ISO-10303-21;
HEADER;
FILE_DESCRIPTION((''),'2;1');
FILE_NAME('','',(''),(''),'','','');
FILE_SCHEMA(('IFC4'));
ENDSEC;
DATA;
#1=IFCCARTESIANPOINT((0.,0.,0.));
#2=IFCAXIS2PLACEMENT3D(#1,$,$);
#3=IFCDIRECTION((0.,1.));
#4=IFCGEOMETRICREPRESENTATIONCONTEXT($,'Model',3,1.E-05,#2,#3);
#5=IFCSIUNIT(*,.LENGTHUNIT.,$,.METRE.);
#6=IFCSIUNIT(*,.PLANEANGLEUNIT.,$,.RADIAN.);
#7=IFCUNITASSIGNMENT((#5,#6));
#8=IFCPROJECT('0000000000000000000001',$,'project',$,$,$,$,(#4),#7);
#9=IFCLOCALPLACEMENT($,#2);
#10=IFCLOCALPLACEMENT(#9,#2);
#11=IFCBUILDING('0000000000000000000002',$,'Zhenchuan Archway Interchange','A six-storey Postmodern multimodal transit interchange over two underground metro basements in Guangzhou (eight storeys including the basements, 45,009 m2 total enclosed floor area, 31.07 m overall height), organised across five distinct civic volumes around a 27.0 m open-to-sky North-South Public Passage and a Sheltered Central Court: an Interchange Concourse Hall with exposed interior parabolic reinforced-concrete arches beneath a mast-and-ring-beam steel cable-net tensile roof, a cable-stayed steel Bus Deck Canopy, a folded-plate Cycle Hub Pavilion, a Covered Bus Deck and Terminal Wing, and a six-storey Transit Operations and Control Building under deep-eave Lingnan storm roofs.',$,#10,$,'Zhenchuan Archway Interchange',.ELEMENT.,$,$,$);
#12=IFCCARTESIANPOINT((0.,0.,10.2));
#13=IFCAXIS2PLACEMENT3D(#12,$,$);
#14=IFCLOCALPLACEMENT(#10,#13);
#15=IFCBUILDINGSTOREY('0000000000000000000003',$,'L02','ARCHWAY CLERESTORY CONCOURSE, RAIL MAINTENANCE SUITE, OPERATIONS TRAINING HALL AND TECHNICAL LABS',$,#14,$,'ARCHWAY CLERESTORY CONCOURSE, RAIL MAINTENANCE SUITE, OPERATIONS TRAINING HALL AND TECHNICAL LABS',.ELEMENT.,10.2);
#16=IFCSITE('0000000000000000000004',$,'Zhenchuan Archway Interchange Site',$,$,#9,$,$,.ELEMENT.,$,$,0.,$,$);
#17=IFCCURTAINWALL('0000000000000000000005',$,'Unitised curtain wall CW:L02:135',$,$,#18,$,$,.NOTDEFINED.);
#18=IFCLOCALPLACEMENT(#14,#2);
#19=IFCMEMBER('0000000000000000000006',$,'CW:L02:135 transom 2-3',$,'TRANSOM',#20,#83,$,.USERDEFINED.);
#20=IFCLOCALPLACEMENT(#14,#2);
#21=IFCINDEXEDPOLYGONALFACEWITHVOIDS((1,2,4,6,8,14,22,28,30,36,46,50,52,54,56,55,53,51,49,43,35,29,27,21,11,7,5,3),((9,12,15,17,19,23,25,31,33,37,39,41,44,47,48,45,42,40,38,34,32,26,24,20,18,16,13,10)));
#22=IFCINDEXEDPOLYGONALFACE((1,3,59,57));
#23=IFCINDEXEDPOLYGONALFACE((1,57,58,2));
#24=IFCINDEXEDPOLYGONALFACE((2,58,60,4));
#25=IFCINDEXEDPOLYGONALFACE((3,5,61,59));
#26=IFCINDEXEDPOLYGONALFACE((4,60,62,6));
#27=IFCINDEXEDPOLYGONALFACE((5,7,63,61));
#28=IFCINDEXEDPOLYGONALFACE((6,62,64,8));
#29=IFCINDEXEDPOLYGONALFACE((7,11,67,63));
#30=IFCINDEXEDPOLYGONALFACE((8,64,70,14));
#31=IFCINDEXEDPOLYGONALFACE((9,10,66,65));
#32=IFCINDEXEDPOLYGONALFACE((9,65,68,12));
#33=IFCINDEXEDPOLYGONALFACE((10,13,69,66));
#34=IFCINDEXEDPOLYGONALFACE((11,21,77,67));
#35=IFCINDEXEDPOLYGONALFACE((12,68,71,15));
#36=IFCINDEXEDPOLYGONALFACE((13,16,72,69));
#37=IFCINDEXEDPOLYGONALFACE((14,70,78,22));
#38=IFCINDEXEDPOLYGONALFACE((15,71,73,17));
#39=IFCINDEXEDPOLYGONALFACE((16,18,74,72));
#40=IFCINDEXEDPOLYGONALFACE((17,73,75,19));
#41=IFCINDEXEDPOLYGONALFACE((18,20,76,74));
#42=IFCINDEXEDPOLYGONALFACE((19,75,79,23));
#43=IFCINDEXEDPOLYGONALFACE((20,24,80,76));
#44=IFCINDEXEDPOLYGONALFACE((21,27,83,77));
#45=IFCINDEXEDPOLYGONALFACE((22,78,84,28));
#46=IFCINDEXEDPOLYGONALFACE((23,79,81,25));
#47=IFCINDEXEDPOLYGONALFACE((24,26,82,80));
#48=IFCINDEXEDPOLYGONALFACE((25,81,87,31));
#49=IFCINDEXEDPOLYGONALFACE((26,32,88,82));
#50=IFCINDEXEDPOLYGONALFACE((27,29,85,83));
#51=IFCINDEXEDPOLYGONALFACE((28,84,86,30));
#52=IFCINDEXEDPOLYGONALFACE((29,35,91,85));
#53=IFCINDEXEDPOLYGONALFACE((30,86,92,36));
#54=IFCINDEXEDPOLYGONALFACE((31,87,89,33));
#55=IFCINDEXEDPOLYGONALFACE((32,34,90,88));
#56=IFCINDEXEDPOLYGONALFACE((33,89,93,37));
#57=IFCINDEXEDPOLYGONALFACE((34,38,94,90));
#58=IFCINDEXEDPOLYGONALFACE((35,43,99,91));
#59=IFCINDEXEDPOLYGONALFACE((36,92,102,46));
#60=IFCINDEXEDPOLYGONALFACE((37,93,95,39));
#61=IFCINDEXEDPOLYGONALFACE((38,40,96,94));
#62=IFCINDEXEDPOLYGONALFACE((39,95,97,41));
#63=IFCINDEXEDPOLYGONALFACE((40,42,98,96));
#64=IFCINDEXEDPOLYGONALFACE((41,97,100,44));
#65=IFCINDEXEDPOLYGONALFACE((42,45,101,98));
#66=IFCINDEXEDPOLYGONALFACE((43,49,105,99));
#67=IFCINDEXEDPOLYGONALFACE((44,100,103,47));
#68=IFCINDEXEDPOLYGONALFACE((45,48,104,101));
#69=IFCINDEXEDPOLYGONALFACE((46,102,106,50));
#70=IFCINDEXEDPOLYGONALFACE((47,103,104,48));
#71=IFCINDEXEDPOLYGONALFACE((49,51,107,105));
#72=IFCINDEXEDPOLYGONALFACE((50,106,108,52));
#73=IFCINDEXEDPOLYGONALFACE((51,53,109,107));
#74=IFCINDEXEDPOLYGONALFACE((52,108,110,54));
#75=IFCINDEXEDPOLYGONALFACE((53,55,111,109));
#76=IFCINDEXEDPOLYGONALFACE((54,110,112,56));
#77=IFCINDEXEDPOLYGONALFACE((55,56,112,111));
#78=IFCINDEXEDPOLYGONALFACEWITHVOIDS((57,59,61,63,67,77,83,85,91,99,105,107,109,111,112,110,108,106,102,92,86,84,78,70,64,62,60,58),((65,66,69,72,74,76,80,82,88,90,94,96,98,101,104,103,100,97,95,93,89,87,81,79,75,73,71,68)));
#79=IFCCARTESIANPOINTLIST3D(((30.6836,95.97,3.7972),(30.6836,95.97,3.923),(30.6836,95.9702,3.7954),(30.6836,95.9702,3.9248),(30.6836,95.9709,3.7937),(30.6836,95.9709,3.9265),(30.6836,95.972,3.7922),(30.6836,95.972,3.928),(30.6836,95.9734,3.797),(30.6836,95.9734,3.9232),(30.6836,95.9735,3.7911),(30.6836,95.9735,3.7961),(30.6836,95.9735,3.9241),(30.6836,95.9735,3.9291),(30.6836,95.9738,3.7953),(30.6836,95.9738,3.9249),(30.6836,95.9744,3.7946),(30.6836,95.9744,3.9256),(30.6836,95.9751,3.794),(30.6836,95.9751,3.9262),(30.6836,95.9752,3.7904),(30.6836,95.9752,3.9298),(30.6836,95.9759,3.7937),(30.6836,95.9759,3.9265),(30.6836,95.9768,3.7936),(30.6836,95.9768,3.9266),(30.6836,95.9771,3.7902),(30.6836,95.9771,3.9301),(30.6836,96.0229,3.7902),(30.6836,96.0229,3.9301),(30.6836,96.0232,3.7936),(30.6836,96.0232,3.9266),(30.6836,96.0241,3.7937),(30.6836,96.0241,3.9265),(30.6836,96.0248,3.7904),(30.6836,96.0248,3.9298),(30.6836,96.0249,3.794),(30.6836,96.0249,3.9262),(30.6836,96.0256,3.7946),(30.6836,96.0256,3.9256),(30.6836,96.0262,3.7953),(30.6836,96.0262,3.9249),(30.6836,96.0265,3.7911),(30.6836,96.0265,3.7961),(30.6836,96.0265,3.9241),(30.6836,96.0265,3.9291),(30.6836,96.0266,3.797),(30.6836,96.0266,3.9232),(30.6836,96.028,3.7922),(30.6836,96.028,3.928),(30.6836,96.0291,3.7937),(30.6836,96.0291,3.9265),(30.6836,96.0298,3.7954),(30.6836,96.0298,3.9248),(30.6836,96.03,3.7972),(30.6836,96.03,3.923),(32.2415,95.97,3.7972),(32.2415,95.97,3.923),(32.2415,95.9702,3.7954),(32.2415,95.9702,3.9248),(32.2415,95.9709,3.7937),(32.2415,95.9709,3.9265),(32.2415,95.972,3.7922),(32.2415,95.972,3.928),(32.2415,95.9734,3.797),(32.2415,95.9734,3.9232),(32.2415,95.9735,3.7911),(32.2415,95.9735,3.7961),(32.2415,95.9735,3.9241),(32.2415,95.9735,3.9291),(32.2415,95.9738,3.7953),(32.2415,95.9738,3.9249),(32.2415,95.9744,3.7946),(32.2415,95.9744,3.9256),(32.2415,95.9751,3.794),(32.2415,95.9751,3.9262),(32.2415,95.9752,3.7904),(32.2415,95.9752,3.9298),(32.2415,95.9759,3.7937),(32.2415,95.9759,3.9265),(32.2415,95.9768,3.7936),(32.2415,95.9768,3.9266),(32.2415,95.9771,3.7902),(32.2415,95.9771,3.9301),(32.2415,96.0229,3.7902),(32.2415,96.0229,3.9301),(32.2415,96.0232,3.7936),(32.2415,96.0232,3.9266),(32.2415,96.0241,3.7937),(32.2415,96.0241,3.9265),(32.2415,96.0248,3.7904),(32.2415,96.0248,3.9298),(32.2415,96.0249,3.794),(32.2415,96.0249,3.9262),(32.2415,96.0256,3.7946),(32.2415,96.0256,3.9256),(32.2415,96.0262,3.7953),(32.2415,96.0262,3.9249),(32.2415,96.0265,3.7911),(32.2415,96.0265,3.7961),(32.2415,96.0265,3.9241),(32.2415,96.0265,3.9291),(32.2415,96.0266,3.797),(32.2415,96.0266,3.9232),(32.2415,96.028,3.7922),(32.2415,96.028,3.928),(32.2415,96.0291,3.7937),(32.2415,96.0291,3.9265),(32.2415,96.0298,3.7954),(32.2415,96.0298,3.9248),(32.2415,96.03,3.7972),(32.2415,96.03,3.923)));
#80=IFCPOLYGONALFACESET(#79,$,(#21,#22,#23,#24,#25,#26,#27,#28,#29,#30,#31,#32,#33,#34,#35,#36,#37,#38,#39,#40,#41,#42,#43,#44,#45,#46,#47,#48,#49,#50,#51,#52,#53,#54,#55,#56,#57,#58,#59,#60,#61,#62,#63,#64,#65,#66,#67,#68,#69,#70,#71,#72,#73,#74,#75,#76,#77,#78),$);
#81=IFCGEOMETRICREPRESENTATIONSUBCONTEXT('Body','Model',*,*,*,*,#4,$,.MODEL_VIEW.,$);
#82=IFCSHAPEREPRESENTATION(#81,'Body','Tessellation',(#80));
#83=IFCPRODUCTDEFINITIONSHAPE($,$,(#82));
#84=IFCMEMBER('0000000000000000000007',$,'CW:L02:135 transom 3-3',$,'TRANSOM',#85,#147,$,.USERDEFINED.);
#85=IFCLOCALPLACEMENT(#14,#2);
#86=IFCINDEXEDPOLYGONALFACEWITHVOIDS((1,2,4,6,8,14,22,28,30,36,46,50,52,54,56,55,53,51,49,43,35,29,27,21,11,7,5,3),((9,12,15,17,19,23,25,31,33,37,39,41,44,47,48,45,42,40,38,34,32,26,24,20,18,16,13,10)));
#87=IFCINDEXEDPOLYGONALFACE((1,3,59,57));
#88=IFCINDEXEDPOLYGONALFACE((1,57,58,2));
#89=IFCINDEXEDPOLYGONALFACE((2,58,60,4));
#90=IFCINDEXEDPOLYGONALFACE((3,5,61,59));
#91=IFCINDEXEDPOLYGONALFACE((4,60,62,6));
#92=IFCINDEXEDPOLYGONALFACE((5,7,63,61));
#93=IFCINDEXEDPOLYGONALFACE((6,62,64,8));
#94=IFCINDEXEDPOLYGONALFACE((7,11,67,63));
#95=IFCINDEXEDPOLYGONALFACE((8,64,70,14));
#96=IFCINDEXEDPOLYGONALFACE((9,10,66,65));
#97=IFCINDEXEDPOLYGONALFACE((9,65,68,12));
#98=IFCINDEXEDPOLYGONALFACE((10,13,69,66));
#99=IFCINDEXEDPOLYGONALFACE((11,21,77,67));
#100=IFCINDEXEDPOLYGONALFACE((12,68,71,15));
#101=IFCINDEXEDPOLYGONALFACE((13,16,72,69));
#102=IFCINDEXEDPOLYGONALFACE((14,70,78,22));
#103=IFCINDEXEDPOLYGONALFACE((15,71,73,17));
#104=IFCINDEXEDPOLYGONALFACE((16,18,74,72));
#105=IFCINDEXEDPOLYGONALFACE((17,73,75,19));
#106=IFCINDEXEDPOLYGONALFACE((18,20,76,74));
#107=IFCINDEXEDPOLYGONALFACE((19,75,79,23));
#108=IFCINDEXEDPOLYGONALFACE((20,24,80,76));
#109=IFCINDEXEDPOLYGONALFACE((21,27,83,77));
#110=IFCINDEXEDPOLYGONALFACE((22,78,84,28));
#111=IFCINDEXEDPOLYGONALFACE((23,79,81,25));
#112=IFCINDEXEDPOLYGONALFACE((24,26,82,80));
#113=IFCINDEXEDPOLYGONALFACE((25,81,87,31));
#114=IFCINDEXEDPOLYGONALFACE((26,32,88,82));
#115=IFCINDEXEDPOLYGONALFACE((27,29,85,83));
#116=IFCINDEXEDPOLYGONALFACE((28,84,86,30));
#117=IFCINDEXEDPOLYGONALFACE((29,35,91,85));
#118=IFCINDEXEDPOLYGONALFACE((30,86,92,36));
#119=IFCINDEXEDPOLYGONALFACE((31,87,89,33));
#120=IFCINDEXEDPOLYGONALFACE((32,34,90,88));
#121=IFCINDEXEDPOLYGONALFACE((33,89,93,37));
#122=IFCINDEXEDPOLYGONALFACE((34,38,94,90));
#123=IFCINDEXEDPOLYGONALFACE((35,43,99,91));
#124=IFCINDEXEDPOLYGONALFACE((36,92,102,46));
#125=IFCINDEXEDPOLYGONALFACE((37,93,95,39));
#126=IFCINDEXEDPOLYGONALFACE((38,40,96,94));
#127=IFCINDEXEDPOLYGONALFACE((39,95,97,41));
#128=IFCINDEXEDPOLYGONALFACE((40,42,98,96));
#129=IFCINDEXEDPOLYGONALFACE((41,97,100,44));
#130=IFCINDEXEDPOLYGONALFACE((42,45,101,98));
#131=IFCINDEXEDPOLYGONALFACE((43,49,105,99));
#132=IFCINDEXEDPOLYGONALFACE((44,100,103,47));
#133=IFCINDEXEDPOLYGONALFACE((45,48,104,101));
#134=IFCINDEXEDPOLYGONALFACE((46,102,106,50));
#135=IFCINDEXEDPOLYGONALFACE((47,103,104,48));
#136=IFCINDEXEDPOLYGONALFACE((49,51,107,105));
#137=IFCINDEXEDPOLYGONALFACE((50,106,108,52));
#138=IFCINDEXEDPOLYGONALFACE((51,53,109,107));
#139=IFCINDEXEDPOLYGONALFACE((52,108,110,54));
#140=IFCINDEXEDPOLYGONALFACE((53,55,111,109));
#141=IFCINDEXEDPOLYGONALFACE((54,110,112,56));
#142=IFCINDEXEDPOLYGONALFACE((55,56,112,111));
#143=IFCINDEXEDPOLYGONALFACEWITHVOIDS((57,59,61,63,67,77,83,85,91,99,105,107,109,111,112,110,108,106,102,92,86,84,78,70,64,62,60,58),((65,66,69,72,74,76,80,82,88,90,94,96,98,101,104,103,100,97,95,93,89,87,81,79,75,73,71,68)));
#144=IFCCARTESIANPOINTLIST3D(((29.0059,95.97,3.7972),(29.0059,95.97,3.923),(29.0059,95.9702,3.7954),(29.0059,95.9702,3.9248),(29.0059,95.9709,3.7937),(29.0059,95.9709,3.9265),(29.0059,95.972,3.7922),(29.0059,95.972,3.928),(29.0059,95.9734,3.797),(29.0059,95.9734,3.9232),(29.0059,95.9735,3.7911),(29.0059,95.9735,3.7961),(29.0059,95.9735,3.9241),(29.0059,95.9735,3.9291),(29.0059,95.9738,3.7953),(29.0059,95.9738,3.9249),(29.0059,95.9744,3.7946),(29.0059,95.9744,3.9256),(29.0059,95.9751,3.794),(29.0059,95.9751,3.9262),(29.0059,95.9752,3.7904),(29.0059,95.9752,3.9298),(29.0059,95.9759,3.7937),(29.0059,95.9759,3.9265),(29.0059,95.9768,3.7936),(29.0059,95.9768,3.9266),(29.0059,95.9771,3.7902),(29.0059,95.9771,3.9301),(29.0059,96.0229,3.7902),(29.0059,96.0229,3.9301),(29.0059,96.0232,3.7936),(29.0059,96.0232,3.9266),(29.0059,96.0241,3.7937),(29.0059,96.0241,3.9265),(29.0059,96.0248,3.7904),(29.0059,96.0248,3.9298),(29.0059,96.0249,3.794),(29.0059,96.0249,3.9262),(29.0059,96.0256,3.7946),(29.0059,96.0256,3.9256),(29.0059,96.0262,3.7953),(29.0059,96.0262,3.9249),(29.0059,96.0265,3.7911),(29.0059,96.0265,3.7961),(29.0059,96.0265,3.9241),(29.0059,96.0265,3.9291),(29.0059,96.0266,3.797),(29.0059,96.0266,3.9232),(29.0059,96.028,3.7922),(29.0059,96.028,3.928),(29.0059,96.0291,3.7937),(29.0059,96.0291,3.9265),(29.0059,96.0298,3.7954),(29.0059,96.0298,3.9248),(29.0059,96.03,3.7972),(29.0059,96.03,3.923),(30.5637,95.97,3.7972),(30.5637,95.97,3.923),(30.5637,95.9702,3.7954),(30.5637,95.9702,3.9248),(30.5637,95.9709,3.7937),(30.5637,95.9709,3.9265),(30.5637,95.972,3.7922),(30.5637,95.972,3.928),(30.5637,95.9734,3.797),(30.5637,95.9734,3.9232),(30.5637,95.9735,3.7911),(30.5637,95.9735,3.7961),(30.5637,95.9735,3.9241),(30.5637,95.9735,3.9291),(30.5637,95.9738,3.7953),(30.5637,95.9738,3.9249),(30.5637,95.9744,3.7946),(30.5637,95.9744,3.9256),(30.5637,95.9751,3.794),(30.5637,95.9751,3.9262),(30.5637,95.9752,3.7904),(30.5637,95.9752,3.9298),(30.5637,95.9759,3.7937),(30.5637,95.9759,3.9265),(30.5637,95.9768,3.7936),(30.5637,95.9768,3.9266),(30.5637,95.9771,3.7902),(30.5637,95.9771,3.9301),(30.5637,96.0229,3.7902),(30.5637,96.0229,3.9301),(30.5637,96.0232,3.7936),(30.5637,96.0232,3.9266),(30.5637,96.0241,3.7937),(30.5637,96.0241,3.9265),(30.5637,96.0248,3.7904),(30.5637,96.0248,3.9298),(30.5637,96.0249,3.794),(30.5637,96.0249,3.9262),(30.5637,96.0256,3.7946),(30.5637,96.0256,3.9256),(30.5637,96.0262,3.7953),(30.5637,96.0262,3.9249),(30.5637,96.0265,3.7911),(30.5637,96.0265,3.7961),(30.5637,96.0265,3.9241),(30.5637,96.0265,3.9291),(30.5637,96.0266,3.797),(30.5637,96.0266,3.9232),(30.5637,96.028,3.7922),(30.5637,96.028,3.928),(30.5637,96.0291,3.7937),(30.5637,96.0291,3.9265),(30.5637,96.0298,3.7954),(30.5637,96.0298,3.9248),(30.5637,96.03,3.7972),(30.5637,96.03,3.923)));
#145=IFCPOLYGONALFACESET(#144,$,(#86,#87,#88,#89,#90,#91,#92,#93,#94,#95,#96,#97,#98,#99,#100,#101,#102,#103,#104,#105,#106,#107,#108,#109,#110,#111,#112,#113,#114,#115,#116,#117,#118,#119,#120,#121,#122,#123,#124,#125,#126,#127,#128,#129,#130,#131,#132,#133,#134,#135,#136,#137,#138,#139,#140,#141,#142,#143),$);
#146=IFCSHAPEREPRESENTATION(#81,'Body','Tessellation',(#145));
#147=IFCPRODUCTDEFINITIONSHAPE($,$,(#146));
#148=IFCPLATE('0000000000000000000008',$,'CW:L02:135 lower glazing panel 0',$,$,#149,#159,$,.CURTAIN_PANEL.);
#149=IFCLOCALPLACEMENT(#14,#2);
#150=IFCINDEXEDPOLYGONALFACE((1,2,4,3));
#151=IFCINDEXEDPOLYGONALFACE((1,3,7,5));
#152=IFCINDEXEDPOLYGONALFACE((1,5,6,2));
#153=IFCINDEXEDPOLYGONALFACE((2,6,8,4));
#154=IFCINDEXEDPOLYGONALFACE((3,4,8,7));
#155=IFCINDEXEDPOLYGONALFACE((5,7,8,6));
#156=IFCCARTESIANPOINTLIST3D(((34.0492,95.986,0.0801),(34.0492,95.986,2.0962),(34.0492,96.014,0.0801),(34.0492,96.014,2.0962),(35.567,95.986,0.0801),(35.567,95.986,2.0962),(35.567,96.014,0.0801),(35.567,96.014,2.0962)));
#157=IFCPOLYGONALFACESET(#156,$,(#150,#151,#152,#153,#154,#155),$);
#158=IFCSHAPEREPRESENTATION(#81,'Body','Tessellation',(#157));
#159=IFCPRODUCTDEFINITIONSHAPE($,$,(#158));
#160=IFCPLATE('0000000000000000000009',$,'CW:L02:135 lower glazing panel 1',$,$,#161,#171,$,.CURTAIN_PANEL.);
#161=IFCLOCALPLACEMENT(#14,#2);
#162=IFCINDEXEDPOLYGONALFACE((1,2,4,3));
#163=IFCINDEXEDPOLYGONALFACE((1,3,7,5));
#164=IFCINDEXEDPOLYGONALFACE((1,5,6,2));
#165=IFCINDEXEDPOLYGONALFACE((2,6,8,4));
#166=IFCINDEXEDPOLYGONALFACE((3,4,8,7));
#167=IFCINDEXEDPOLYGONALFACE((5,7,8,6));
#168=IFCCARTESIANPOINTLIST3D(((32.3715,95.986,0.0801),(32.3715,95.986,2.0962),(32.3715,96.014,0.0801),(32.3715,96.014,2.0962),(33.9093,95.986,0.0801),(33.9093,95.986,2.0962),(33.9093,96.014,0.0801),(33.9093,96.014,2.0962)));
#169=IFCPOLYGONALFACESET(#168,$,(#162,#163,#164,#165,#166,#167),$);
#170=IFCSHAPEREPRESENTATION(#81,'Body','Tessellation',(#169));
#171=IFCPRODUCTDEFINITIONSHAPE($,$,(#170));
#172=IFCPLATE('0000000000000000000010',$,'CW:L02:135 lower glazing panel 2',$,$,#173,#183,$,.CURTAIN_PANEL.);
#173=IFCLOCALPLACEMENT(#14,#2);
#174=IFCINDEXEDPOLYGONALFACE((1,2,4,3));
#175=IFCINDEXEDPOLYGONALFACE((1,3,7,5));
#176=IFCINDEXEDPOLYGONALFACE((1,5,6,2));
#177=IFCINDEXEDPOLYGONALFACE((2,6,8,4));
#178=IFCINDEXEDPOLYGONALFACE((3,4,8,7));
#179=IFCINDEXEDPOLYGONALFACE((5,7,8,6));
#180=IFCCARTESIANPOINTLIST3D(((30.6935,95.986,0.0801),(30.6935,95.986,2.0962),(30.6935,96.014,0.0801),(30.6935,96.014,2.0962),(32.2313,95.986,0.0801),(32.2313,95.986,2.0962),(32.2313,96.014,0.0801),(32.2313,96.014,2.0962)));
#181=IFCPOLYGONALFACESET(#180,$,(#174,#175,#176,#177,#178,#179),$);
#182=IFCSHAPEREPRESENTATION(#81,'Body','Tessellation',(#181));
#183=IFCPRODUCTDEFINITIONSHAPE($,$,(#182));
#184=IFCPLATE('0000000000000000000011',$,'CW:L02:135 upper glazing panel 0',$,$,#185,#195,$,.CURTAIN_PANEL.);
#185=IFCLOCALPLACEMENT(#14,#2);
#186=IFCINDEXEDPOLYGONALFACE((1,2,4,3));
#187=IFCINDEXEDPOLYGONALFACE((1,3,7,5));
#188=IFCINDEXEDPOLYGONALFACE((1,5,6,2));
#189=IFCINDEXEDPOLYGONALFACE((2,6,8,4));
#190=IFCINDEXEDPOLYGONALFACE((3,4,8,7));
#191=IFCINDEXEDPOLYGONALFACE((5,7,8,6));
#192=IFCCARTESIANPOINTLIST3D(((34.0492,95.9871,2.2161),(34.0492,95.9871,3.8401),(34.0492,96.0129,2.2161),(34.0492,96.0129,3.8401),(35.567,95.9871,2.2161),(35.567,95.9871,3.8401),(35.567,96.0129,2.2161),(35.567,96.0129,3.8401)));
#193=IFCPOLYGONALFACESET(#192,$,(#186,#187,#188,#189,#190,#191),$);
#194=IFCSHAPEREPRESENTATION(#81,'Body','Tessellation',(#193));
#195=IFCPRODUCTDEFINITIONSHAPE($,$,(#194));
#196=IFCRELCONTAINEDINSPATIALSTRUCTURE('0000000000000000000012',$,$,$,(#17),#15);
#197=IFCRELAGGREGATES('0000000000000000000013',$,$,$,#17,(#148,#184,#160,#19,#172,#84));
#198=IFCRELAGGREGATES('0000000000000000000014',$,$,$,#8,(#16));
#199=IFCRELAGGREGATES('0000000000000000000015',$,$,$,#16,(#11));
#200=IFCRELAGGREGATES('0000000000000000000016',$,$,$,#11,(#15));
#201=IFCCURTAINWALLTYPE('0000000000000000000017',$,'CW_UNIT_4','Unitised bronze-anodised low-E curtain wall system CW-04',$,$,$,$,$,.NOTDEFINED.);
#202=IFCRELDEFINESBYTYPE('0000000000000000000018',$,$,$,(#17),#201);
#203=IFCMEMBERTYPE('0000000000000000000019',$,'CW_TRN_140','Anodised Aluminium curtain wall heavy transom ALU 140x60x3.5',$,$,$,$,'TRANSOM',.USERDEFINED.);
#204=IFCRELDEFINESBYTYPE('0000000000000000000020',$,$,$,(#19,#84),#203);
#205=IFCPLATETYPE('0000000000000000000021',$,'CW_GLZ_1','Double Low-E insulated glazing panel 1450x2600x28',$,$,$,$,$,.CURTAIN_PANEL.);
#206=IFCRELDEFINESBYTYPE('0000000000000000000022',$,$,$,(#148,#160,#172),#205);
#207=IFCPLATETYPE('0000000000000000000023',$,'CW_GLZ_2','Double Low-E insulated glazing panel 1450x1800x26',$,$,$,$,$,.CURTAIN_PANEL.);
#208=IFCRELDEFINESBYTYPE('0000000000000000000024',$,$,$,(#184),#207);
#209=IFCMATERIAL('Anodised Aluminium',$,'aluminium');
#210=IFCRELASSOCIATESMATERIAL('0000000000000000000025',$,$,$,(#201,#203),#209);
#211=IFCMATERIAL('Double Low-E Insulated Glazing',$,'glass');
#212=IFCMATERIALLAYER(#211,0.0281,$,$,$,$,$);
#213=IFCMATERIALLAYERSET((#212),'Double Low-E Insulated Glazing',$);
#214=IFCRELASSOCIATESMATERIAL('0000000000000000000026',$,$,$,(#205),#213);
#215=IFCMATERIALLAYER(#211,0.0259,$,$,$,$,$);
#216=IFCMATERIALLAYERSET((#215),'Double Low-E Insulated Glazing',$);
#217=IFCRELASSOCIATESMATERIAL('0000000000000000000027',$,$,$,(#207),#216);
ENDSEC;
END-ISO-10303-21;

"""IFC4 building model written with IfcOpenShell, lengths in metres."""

from ifc_helpers import new_model, si_unit, direction, frame, origin, origin_2d, place, context, subcontext, project, spatial, rectangle, hollow_rectangle, extrude, material, layer, layer_set, material_profile, profile_set, type_object, element, aggregate, save


model = new_model("IFC4")

# Units and contexts
model_context = context("Model", 3, precision=1e-05, world=origin(), true_north=direction((0.0, 1.0)))
body_context = subcontext(model_context, "Body", "Model", "MODEL_VIEW")
ifc_project = project(units=[si_unit("LENGTHUNIT", "METRE"), si_unit("PLANEANGLEUNIT", "RADIAN")], contexts=[model_context])

# Site, building, storey
site_placement = place(None, origin())
site = spatial("IfcSite", under=ifc_project, at=site_placement, Name="Zhenchuan Archway Interchange Site", CompositionType="ELEMENT", RefElevation=0.0)
building_placement = place(site_placement, origin())
building = spatial("IfcBuilding", under=site, at=building_placement, Name="Zhenchuan Archway Interchange", Description="A six-storey Postmodern multimodal transit interchange over two underground metro basements in Guangzhou (eight storeys including the basements, 45,009 m2 total enclosed floor area, 31.07 m overall height), organised across five distinct civic volumes around a 27.0 m open-to-sky North-South Public Passage and a Sheltered Central Court: an Interchange Concourse Hall with exposed interior parabolic reinforced-concrete arches beneath a mast-and-ring-beam steel cable-net tensile roof, a cable-stayed steel Bus Deck Canopy, a folded-plate Cycle Hub Pavilion, a Covered Bus Deck and Terminal Wing, and a six-storey Transit Operations and Control Building under deep-eave Lingnan storm roofs.", LongName="Zhenchuan Archway Interchange", CompositionType="ELEMENT")
storey_placement = place(building_placement, frame((0.0, 0.0, 10.2)))
storey = spatial("IfcBuildingStorey", under=building, at=storey_placement, Name="L02", Description="ARCHWAY CLERESTORY CONCOURSE, RAIL MAINTENANCE SUITE, OPERATIONS TRAINING HALL AND TECHNICAL LABS", LongName="ARCHWAY CLERESTORY CONCOURSE, RAIL MAINTENANCE SUITE, OPERATIONS TRAINING HALL AND TECHNICAL LABS", CompositionType="ELEMENT", Elevation=10.2)

# Curtain wall, members, plates
ifc_material_1 = material(Name="Anodised Aluminium", Category="aluminium")
curtain_wall_type = type_object("IfcCurtainWallType", Name="CW_UNIT_4", Description="Unitised bronze-anodised low-E curtain wall system CW-04", PredefinedType="NOTDEFINED", material=ifc_material_1)
curtain_wall_placement = place(storey_placement, origin())
curtain_wall = element("IfcCurtainWall", 1, at=curtain_wall_placement, inside=storey, type_object=curtain_wall_type, Name="Unitised curtain wall CW:L02:135", PredefinedType="NOTDEFINED")
ifc_material_profile_1 = material_profile(ifc_material_1, hollow_rectangle(XDim=0.0601, YDim=0.1399, WallThickness=0.0034, InnerFilletRadius=0.0034, OuterFilletRadius=0.0071, at=origin_2d()), Name="ALU 140x60x3.5")
ifc_profile_set_1 = profile_set([ifc_material_profile_1], Name="Anodised Aluminium")
member_type_1 = type_object("IfcMemberType", Name="CW_TRN_140", Description="Anodised Aluminium curtain wall heavy transom ALU 140x60x3.5", ElementType="TRANSOM", PredefinedType="USERDEFINED", material=ifc_profile_set_1)
member_1_placement = place(storey_placement, frame((32.2415, 96.0, 3.8601), z_axis=(-1.0, 0.0, 0.0), x_axis=(0.0, -1.0, 0.0)))
member_1 = element("IfcMember", 2, at=member_1_placement, type_object=member_type_1, Name="CW:L02:135 transom 2-3", ObjectType="TRANSOM", PredefinedType="USERDEFINED", context=body_context, shape_type="SweptSolid", body=[
    extrude(hollow_rectangle(XDim=0.0601, YDim=0.1399, WallThickness=0.0034, InnerFilletRadius=0.0034, OuterFilletRadius=0.0071, at=origin_2d()), origin(), (0.0, 0.0, 1.0), 1.5579),
])
member_2_placement = place(storey_placement, frame((30.5637, 96.0, 3.8601), z_axis=(-1.0, 0.0, 0.0), x_axis=(0.0, -1.0, 0.0)))
member_2 = element("IfcMember", 3, at=member_2_placement, type_object=member_type_1, Name="CW:L02:135 transom 3-3", ObjectType="TRANSOM", PredefinedType="USERDEFINED", context=body_context, shape_type="SweptSolid", body=[
    extrude(hollow_rectangle(XDim=0.0601, YDim=0.1399, WallThickness=0.0034, InnerFilletRadius=0.0034, OuterFilletRadius=0.0071, at=origin_2d()), origin(), (0.0, 0.0, 1.0), 1.5579),
])
ifc_material_2 = material(Name="Double Low-E Insulated Glazing", Category="glass")
ifc_layer_1 = layer(ifc_material_2, 0.0281)
ifc_layer_set_1 = layer_set([ifc_layer_1], Name="Double Low-E Insulated Glazing")
plate_type_1 = type_object("IfcPlateType", Name="CW_GLZ_1", Description="Double Low-E insulated glazing panel 1450x2600x28", PredefinedType="CURTAIN_PANEL", material=ifc_layer_set_1)
plate_1_placement = place(storey_placement, frame((34.8081, 96.0, 0.0801), z_axis=(0.0, 0.0, 1.0), x_axis=(-1.0, 0.0, 0.0)))
plate_1 = element("IfcPlate", 4, at=plate_1_placement, type_object=plate_type_1, Name="CW:L02:135 lower glazing panel 0", PredefinedType="CURTAIN_PANEL", context=body_context, shape_type="SweptSolid", body=[
    extrude(rectangle(XDim=1.5178, YDim=0.0281, at=origin_2d()), origin(), (0.0, 0.0, 1.0), 2.0161),
])
plate_2_placement = place(storey_placement, frame((33.1404, 96.0, 0.0801), z_axis=(0.0, 0.0, 1.0), x_axis=(-1.0, 0.0, 0.0)))
plate_2 = element("IfcPlate", 5, at=plate_2_placement, type_object=plate_type_1, Name="CW:L02:135 lower glazing panel 1", PredefinedType="CURTAIN_PANEL", context=body_context, shape_type="SweptSolid", body=[
    extrude(rectangle(XDim=1.5378, YDim=0.0281, at=origin_2d()), origin(), (0.0, 0.0, 1.0), 2.0161),
])
plate_3_placement = place(storey_placement, frame((31.4624, 96.0, 0.0801), z_axis=(0.0, 0.0, 1.0), x_axis=(-1.0, 0.0, 0.0)))
plate_3 = element("IfcPlate", 6, at=plate_3_placement, type_object=plate_type_1, Name="CW:L02:135 lower glazing panel 2", PredefinedType="CURTAIN_PANEL", context=body_context, shape_type="SweptSolid", body=[
    extrude(rectangle(XDim=1.5378, YDim=0.0281, at=origin_2d()), origin(), (0.0, 0.0, 1.0), 2.0161),
])
ifc_layer_2 = layer(ifc_material_2, 0.0259)
ifc_layer_set_2 = layer_set([ifc_layer_2], Name="Double Low-E Insulated Glazing")
plate_type_2 = type_object("IfcPlateType", Name="CW_GLZ_2", Description="Double Low-E insulated glazing panel 1450x1800x26", PredefinedType="CURTAIN_PANEL", material=ifc_layer_set_2)
plate_4_placement = place(storey_placement, frame((34.8081, 96.0, 2.2161), z_axis=(0.0, 0.0, 1.0), x_axis=(-1.0, 0.0, 0.0)))
plate_4 = element("IfcPlate", 7, at=plate_4_placement, type_object=plate_type_2, Name="CW:L02:135 upper glazing panel 0", PredefinedType="CURTAIN_PANEL", context=body_context, shape_type="SweptSolid", body=[
    extrude(rectangle(XDim=1.5178, YDim=0.0259, at=origin_2d()), origin(), (0.0, 0.0, 1.0), 1.624),
])
aggregate(curtain_wall, [plate_1, plate_4, plate_2, member_1, plate_3, member_2])

save(model, "model.ifc")
